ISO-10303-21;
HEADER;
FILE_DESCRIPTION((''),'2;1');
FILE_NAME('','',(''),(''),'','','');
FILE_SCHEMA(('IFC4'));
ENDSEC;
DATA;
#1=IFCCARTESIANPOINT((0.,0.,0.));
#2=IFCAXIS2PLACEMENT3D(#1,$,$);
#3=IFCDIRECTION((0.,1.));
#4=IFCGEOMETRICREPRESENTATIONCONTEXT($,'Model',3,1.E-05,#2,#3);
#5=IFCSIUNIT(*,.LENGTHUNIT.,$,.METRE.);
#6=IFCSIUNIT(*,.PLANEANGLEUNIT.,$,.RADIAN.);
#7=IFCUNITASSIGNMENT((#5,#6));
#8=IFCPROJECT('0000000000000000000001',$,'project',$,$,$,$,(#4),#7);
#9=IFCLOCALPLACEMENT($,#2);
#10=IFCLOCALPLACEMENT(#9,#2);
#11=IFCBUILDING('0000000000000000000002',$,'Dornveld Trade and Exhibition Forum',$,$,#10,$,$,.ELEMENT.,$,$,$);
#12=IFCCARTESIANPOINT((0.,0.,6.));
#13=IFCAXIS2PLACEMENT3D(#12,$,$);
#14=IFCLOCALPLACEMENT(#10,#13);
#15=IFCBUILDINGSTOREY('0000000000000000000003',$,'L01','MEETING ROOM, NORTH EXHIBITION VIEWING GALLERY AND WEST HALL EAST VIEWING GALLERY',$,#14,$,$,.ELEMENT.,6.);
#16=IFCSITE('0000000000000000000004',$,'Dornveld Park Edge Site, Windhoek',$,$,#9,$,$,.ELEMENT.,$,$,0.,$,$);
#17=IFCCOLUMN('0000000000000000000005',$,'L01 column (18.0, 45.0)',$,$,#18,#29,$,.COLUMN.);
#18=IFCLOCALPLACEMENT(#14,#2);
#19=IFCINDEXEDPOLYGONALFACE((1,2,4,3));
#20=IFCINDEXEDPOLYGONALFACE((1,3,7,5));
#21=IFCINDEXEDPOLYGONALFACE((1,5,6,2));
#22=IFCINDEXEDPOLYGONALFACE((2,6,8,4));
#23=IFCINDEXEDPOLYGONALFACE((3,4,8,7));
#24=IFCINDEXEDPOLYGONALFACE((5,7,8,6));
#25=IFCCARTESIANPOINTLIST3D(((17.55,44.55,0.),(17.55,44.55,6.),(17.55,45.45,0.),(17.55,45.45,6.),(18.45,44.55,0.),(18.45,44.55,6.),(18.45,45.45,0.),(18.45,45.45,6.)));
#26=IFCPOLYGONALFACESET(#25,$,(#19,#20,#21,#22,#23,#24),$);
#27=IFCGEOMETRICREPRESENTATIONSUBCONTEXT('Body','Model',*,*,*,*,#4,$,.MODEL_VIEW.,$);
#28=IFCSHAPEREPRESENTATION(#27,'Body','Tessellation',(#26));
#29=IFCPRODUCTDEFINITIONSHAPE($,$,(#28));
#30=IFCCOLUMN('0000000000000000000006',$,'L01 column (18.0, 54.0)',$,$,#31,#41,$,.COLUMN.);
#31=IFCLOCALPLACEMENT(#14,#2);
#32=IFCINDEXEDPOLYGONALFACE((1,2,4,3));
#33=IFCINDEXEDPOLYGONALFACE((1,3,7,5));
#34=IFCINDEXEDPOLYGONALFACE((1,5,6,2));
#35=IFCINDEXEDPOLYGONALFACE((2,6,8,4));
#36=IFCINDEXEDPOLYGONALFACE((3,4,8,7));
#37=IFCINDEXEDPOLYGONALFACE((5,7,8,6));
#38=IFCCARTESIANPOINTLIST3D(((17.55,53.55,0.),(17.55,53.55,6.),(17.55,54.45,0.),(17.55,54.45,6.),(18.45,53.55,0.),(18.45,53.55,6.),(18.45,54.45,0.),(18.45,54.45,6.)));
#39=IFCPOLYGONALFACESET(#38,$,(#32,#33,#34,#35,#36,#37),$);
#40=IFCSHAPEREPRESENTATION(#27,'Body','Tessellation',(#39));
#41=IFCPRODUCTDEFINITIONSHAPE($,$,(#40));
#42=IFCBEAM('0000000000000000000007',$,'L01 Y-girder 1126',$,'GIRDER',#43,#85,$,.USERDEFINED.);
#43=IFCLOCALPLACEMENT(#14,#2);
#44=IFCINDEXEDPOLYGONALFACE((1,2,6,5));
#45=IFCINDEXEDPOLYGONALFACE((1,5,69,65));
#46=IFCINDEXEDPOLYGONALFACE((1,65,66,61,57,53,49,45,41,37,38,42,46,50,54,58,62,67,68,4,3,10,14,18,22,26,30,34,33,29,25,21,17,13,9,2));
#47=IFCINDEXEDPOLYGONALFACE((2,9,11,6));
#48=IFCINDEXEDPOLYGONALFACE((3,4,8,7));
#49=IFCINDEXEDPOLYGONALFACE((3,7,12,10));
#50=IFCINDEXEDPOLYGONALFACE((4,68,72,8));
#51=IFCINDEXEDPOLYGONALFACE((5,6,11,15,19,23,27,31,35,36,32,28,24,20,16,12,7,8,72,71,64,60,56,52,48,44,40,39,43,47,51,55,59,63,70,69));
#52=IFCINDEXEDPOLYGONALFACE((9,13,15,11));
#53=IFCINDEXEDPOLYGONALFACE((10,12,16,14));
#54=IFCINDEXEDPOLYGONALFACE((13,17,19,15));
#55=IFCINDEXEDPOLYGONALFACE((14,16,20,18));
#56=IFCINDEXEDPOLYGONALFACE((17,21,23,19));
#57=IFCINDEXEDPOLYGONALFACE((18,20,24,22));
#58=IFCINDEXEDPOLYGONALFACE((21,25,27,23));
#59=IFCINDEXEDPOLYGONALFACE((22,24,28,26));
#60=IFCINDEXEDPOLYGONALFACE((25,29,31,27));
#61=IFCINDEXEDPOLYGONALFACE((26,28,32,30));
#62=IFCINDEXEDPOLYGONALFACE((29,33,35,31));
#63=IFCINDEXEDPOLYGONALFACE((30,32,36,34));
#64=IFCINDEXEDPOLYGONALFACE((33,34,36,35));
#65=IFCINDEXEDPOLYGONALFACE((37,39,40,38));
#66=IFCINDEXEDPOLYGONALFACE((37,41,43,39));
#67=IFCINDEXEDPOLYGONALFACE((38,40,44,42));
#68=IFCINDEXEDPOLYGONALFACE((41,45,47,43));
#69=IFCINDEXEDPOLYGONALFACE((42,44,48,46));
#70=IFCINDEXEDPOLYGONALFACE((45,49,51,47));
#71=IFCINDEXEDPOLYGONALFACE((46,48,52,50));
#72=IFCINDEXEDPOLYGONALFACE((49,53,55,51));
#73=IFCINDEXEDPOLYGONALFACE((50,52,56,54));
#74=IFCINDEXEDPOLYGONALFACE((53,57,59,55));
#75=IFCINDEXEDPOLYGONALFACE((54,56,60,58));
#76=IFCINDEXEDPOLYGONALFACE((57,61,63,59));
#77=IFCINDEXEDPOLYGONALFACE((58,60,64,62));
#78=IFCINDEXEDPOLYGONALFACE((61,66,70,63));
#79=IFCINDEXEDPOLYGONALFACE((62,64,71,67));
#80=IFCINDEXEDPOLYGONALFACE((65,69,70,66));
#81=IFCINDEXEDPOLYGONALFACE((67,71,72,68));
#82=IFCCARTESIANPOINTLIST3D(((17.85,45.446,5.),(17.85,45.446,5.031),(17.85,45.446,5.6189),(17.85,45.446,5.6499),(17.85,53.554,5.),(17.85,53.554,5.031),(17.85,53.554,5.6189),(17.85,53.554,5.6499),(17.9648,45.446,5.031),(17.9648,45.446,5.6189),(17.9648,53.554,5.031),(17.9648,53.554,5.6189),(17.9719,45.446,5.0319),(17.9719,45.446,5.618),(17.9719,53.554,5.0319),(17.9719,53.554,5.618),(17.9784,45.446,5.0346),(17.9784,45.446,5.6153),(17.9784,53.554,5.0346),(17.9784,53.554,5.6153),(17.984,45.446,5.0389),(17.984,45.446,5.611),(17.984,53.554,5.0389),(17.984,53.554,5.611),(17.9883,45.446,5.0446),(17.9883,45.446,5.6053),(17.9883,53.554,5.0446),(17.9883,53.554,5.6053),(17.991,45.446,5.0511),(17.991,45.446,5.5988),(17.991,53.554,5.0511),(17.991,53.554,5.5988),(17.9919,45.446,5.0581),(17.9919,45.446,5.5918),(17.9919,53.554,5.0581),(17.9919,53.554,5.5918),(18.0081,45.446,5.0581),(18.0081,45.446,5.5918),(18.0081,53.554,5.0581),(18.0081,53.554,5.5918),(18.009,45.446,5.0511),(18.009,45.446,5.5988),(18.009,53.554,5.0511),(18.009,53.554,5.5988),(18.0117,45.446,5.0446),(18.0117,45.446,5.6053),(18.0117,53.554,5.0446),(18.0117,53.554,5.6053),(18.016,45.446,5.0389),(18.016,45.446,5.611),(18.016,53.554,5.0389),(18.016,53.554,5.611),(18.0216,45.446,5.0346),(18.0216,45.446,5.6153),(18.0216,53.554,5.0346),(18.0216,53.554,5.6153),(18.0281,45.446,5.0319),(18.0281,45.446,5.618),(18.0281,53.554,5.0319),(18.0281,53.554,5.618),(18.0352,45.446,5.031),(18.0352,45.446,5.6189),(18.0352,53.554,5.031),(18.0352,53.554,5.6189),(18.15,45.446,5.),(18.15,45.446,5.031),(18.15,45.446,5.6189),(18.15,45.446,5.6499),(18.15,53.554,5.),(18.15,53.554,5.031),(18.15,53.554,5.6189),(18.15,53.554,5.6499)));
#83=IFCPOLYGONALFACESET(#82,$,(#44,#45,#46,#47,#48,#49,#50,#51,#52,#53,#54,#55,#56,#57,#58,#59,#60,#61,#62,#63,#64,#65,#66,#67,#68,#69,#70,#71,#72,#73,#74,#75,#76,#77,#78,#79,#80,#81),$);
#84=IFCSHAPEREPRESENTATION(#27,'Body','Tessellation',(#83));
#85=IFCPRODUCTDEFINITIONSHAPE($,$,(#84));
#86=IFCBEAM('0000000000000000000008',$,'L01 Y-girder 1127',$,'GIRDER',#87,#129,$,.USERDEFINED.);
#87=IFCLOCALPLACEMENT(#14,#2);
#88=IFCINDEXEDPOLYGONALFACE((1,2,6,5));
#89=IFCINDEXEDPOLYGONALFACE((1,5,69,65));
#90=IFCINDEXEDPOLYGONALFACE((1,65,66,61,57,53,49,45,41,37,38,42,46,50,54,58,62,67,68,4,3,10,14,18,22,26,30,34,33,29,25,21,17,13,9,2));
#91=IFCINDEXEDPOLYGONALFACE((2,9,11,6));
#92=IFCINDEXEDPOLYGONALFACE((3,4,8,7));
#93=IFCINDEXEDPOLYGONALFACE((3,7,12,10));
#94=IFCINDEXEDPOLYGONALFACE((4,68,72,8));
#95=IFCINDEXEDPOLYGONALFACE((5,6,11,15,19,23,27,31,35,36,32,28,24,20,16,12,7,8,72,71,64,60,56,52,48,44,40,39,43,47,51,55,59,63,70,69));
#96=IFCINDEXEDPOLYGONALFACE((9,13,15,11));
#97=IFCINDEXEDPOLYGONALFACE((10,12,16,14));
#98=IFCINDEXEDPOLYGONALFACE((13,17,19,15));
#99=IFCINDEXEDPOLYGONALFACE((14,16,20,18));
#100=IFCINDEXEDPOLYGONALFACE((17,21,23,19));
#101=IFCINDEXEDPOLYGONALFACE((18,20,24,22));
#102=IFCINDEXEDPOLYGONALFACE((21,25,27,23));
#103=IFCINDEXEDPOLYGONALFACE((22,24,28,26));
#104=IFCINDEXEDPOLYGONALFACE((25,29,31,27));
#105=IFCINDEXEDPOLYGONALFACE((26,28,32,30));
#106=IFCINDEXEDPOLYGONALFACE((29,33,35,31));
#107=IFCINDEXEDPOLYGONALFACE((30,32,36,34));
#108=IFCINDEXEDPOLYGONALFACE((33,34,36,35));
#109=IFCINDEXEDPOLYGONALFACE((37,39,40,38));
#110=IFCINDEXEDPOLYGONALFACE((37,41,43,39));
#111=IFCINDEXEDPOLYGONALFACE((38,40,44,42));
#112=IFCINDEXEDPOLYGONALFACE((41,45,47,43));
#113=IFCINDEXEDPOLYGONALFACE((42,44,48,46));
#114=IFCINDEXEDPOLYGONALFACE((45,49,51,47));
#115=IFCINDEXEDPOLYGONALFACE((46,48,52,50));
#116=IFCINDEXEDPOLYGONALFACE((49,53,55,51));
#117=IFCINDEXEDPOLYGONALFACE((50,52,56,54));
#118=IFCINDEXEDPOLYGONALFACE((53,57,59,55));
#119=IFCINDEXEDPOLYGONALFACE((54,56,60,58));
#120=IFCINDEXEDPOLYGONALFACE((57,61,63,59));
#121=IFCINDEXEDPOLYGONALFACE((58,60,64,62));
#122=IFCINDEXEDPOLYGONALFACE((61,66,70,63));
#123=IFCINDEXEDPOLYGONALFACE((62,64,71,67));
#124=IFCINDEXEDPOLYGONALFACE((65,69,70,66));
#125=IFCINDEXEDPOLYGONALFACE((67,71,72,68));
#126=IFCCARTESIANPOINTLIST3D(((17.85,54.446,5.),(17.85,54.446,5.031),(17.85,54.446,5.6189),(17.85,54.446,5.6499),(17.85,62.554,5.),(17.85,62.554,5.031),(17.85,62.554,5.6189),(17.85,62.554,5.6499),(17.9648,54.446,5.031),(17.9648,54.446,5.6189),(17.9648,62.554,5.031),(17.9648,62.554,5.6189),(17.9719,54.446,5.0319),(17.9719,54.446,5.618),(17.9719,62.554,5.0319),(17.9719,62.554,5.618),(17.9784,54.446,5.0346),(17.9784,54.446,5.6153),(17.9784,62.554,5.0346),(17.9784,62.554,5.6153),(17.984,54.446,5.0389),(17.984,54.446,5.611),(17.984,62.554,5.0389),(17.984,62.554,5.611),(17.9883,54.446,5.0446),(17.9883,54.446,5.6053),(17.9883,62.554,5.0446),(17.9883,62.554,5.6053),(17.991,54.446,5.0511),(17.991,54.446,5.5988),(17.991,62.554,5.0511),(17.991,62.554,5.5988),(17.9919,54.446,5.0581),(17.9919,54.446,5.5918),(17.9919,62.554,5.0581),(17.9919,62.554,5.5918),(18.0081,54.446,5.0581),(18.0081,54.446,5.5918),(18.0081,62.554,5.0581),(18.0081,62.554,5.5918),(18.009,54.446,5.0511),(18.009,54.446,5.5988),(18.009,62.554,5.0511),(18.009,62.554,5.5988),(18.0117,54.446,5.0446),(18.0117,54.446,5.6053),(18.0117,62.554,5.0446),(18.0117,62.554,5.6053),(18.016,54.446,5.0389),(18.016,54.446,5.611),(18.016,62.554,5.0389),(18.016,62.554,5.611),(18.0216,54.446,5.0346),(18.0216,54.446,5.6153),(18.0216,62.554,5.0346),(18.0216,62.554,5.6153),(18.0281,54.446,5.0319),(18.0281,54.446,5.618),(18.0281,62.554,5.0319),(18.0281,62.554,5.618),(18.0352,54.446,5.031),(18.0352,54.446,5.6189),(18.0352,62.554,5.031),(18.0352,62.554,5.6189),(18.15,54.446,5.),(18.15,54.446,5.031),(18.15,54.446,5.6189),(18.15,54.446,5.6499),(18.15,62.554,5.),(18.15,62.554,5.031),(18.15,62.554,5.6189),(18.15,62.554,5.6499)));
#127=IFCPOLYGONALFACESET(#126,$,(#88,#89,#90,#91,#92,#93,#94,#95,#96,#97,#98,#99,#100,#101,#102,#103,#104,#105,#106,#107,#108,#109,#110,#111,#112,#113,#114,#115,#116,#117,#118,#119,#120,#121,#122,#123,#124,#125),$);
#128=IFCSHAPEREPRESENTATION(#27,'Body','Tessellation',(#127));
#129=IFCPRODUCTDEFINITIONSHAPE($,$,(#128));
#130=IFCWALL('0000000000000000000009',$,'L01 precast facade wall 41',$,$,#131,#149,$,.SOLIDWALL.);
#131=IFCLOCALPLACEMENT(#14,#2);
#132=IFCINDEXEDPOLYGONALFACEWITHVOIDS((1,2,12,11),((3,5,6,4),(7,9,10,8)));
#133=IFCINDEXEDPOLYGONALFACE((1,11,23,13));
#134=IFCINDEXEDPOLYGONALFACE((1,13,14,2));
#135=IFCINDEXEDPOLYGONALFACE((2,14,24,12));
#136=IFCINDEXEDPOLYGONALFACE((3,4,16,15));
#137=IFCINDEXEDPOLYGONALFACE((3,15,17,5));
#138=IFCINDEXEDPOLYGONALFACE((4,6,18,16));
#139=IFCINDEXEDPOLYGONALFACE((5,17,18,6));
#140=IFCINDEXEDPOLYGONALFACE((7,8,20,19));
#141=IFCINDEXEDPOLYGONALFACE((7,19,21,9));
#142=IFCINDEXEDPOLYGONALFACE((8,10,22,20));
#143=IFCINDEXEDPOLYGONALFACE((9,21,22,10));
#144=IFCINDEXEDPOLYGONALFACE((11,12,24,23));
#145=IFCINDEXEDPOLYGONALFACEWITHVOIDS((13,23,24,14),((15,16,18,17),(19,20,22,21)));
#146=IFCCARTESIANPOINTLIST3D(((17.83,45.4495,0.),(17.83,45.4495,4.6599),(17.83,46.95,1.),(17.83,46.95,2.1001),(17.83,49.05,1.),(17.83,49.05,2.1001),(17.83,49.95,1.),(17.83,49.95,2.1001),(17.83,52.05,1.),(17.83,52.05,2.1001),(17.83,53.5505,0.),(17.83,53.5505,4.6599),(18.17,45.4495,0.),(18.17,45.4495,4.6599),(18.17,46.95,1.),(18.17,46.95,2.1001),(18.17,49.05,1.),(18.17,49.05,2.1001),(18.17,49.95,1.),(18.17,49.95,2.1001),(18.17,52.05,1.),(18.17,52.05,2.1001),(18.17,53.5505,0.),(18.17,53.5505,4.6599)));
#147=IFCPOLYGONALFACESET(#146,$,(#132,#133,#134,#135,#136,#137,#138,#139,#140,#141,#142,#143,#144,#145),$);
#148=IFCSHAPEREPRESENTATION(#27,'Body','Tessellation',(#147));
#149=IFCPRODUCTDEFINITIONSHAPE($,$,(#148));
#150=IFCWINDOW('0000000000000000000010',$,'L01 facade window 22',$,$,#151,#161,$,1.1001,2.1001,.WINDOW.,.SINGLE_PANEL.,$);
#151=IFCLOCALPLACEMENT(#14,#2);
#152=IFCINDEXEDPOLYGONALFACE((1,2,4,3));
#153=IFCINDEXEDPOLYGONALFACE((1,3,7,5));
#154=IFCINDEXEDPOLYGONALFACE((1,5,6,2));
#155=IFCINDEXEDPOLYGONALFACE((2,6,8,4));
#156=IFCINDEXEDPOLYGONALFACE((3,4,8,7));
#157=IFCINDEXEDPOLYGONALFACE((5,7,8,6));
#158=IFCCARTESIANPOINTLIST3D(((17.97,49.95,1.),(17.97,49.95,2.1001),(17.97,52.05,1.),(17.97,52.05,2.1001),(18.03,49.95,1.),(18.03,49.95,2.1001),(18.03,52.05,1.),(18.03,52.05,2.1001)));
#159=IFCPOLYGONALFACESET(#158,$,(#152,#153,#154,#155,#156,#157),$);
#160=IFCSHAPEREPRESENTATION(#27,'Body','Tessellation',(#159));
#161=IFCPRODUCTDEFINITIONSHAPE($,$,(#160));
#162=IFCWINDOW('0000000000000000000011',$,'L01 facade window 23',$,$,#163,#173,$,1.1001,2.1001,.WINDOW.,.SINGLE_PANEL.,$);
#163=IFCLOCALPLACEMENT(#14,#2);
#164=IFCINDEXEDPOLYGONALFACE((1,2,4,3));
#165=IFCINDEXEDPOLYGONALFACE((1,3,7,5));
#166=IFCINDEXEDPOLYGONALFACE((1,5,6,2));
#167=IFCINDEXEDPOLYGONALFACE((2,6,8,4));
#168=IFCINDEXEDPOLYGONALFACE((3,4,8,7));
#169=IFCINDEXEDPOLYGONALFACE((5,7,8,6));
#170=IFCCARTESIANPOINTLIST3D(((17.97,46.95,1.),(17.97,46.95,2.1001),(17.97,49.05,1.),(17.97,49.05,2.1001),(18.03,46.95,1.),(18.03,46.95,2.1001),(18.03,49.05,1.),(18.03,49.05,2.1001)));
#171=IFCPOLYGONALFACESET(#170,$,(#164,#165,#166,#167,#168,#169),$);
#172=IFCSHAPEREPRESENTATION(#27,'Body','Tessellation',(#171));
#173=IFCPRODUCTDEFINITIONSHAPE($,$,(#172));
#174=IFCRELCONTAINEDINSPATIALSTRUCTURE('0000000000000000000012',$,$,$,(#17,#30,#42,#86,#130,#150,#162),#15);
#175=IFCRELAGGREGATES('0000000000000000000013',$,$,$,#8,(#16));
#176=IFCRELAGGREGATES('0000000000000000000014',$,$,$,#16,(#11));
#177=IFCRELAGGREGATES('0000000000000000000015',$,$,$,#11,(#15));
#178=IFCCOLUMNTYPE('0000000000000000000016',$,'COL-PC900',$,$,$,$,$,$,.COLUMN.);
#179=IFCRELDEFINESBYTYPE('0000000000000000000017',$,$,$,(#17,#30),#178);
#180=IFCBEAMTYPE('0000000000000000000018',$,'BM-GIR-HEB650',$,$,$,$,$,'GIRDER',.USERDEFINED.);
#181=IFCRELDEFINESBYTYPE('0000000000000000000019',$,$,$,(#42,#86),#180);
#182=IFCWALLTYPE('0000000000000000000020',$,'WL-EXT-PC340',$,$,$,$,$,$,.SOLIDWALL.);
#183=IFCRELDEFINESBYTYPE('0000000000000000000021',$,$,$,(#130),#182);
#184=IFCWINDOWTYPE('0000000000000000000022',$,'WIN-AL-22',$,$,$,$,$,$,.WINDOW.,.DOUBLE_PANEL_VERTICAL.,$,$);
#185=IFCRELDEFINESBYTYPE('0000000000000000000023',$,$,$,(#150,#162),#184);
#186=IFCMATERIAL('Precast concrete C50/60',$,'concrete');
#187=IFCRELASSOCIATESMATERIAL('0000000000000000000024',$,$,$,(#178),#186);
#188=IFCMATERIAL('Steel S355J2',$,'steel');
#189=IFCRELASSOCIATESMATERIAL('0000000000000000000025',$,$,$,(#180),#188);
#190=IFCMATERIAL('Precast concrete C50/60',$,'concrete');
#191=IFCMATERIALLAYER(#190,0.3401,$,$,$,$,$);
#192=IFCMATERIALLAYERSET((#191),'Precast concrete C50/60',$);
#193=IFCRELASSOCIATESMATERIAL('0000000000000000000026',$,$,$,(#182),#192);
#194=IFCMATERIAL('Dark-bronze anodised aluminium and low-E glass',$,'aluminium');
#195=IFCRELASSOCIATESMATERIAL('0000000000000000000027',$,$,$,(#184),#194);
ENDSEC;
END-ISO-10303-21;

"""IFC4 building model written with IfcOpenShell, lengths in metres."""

from ifc_helpers import new_model, si_unit, direction, frame, frame_2d, origin, origin_2d, place, context, subcontext, project, spatial, rectangle, i_section, extrude, material, layer, layer_set, material_profile, profile_set, type_object, element, fill, save


model = new_model("IFC4")

# Units and contexts
model_context = context("Model", 3, precision=1e-05, world=origin(), true_north=direction((0.0, 1.0)))
body_context = subcontext(model_context, "Body", "Model", "MODEL_VIEW")
ifc_project = project(units=[si_unit("LENGTHUNIT", "METRE"), si_unit("PLANEANGLEUNIT", "RADIAN")], contexts=[model_context])

# Site, building, storey
site_placement = place(None, origin())
site = spatial("IfcSite", under=ifc_project, at=site_placement, Name="Dornveld Park Edge Site, Windhoek", CompositionType="ELEMENT", RefElevation=0.0)
building_placement = place(site_placement, origin())
building = spatial("IfcBuilding", under=site, at=building_placement, Name="Dornveld Trade and Exhibition Forum", CompositionType="ELEMENT")
storey_placement = place(building_placement, frame((0.0, 0.0, 6.0)))
storey = spatial("IfcBuildingStorey", under=building, at=storey_placement, Name="L01", Description="MEETING ROOM, NORTH EXHIBITION VIEWING GALLERY AND WEST HALL EAST VIEWING GALLERY", CompositionType="ELEMENT", Elevation=6.0)

# Columns
ifc_material_1 = material(Name="Precast concrete C50/60", Category="concrete")
ifc_material_profile_1 = material_profile(ifc_material_1, rectangle(XDim=0.8999, YDim=0.8999, at=origin_2d()), Name="PC-COL 900x900")
ifc_profile_set_1 = profile_set([ifc_material_profile_1], Name="Precast concrete C50/60")
column_type = type_object("IfcColumnType", Name="COL-PC900", PredefinedType="COLUMN", material=ifc_profile_set_1)
for number, where, z_axis, x_axis, name in (
    (1, (18.0, 45.0, 0.0), (0.0, 0.0, 1.0), (1.0, 0.0, 0.0), "L01 column (18.0, 45.0)"),
    (2, (18.0, 54.0, 0.0), (0.0, 0.0, 1.0), (1.0, 0.0, 0.0), "L01 column (18.0, 54.0)"),
):
    element("IfcColumn", number, at=place(storey_placement, frame(where, z_axis=z_axis, x_axis=x_axis)), inside=storey, type_object=column_type, Name=name, PredefinedType="COLUMN", context=body_context, shape_type="SweptSolid", body=[
        extrude(rectangle(XDim=0.8999, YDim=0.8999, at=origin_2d()), origin(), (0.0, 0.0, 1.0), 6.0),
    ])

# Beams
ifc_material_2 = material(Name="Steel S355J2", Category="steel")
ifc_material_profile_2 = material_profile(ifc_material_2, i_section(OverallWidth=0.3, OverallDepth=0.6499, WebThickness=0.0161, FlangeThickness=0.031, FilletRadius=0.0271, at=origin_2d()), Name="HEB 650")
ifc_profile_set_2 = profile_set([ifc_material_profile_2], Name="Steel S355J2")
beam_type = type_object("IfcBeamType", Name="BM-GIR-HEB650", ElementType="GIRDER", PredefinedType="USERDEFINED", material=ifc_profile_set_2)
for number, where, z_axis, x_axis, name in (
    (3, (18.0, 45.446, 5.325), (0.0, 1.0, 0.0), (-1.0, 0.0, 0.0), "L01 Y-girder 1126"),
    (4, (18.0, 54.446, 5.325), (0.0, 1.0, 0.0), (-1.0, 0.0, 0.0), "L01 Y-girder 1127"),
):
    element("IfcBeam", number, at=place(storey_placement, frame(where, z_axis=z_axis, x_axis=x_axis)), inside=storey, type_object=beam_type, Name=name, ObjectType="GIRDER", PredefinedType="USERDEFINED", context=body_context, shape_type="SweptSolid", body=[
        extrude(i_section(OverallWidth=0.3, OverallDepth=0.6499, WebThickness=0.0161, FlangeThickness=0.031, FilletRadius=0.0271, at=origin_2d()), origin(), (0.0, 0.0, 1.0), 8.1079),
    ])

# Wall, openings, windows
ifc_material_3 = material(Name="Precast concrete C50/60", Category="concrete")
ifc_layer_1 = layer(ifc_material_3, 0.3401)
ifc_layer_set_1 = layer_set([ifc_layer_1], Name="Precast concrete C50/60")
wall_type_1 = type_object("IfcWallType", Name="WL-EXT-PC340", PredefinedType="SOLIDWALL", material=ifc_layer_set_1)
wall_1_placement = place(storey_placement, frame((18.0, 53.5505, 0.0), z_axis=(0.0, 0.0, 1.0), x_axis=(0.0, -1.0, 0.0)))
wall_1 = element("IfcWall", 5, at=wall_1_placement, inside=storey, type_object=wall_type_1, Name="L01 precast facade wall 41", PredefinedType="SOLIDWALL", context=body_context, shape_type="SweptSolid", body=[
    extrude(rectangle(XDim=8.1011, YDim=0.3401, at=frame_2d((4.0505, 0.0))), origin(), (0.0, 0.0, 1.0), 4.6599),
])
opening_1_placement = place(wall_1_placement, frame((1.5005, 0.0, 1.0)))
opening_1 = element("IfcOpeningElement", 6, at=opening_1_placement, cuts=wall_1, PredefinedType="OPENING", context=body_context, shape_type="SweptSolid", body=[
    extrude(rectangle(XDim=2.1001, YDim=1.1001, at=frame_2d((1.05, 0.55))), frame((0.0, 0.1799, 0.0), z_axis=(0.0, -1.0, 0.0), x_axis=(1.0, 0.0, 0.0)), (0.0, 0.0, 1.0), 0.3601),
])
opening_2_placement = place(wall_1_placement, frame((4.5005, 0.0, 1.0)))
opening_2 = element("IfcOpeningElement", 7, at=opening_2_placement, cuts=wall_1, PredefinedType="OPENING", context=body_context, shape_type="SweptSolid", body=[
    extrude(rectangle(XDim=2.1001, YDim=1.1001, at=frame_2d((1.05, 0.55))), frame((0.0, 0.1799, 0.0), z_axis=(0.0, -1.0, 0.0), x_axis=(1.0, 0.0, 0.0)), (0.0, 0.0, 1.0), 0.3601),
])
ifc_material_4 = material(Name="Dark-bronze anodised aluminium and low-E glass", Category="aluminium")
window_type = type_object("IfcWindowType", Name="WIN-AL-22", PartitioningType="DOUBLE_PANEL_VERTICAL", PredefinedType="WINDOW", material=ifc_material_4)
window_1_placement = place(opening_1_placement, origin())
window_1 = element("IfcWindow", 8, at=window_1_placement, inside=storey, type_object=window_type, Name="L01 facade window 22", OverallHeight=1.1001, OverallWidth=2.1001, PartitioningType="SINGLE_PANEL", PredefinedType="WINDOW", context=body_context, shape_type="SweptSolid", body=[
    extrude(rectangle(XDim=2.1001, YDim=1.1001, at=frame_2d((1.05, 0.55))), frame((0.0, 0.03, 0.0), z_axis=(0.0, -1.0, 0.0), x_axis=(1.0, 0.0, 0.0)), (0.0, 0.0, 1.0), 0.0601),
])
fill(opening_1, window_1)
window_2_placement = place(opening_2_placement, origin())
window_2 = element("IfcWindow", 9, at=window_2_placement, inside=storey, type_object=window_type, Name="L01 facade window 23", OverallHeight=1.1001, OverallWidth=2.1001, PartitioningType="SINGLE_PANEL", PredefinedType="WINDOW", context=body_context, shape_type="SweptSolid", body=[
    extrude(rectangle(XDim=2.1001, YDim=1.1001, at=frame_2d((1.05, 0.55))), frame((0.0, 0.03, 0.0), z_axis=(0.0, -1.0, 0.0), x_axis=(1.0, 0.0, 0.0)), (0.0, 0.0, 1.0), 0.0601),
])
fill(opening_2, window_2)

save(model, "model.ifc")
